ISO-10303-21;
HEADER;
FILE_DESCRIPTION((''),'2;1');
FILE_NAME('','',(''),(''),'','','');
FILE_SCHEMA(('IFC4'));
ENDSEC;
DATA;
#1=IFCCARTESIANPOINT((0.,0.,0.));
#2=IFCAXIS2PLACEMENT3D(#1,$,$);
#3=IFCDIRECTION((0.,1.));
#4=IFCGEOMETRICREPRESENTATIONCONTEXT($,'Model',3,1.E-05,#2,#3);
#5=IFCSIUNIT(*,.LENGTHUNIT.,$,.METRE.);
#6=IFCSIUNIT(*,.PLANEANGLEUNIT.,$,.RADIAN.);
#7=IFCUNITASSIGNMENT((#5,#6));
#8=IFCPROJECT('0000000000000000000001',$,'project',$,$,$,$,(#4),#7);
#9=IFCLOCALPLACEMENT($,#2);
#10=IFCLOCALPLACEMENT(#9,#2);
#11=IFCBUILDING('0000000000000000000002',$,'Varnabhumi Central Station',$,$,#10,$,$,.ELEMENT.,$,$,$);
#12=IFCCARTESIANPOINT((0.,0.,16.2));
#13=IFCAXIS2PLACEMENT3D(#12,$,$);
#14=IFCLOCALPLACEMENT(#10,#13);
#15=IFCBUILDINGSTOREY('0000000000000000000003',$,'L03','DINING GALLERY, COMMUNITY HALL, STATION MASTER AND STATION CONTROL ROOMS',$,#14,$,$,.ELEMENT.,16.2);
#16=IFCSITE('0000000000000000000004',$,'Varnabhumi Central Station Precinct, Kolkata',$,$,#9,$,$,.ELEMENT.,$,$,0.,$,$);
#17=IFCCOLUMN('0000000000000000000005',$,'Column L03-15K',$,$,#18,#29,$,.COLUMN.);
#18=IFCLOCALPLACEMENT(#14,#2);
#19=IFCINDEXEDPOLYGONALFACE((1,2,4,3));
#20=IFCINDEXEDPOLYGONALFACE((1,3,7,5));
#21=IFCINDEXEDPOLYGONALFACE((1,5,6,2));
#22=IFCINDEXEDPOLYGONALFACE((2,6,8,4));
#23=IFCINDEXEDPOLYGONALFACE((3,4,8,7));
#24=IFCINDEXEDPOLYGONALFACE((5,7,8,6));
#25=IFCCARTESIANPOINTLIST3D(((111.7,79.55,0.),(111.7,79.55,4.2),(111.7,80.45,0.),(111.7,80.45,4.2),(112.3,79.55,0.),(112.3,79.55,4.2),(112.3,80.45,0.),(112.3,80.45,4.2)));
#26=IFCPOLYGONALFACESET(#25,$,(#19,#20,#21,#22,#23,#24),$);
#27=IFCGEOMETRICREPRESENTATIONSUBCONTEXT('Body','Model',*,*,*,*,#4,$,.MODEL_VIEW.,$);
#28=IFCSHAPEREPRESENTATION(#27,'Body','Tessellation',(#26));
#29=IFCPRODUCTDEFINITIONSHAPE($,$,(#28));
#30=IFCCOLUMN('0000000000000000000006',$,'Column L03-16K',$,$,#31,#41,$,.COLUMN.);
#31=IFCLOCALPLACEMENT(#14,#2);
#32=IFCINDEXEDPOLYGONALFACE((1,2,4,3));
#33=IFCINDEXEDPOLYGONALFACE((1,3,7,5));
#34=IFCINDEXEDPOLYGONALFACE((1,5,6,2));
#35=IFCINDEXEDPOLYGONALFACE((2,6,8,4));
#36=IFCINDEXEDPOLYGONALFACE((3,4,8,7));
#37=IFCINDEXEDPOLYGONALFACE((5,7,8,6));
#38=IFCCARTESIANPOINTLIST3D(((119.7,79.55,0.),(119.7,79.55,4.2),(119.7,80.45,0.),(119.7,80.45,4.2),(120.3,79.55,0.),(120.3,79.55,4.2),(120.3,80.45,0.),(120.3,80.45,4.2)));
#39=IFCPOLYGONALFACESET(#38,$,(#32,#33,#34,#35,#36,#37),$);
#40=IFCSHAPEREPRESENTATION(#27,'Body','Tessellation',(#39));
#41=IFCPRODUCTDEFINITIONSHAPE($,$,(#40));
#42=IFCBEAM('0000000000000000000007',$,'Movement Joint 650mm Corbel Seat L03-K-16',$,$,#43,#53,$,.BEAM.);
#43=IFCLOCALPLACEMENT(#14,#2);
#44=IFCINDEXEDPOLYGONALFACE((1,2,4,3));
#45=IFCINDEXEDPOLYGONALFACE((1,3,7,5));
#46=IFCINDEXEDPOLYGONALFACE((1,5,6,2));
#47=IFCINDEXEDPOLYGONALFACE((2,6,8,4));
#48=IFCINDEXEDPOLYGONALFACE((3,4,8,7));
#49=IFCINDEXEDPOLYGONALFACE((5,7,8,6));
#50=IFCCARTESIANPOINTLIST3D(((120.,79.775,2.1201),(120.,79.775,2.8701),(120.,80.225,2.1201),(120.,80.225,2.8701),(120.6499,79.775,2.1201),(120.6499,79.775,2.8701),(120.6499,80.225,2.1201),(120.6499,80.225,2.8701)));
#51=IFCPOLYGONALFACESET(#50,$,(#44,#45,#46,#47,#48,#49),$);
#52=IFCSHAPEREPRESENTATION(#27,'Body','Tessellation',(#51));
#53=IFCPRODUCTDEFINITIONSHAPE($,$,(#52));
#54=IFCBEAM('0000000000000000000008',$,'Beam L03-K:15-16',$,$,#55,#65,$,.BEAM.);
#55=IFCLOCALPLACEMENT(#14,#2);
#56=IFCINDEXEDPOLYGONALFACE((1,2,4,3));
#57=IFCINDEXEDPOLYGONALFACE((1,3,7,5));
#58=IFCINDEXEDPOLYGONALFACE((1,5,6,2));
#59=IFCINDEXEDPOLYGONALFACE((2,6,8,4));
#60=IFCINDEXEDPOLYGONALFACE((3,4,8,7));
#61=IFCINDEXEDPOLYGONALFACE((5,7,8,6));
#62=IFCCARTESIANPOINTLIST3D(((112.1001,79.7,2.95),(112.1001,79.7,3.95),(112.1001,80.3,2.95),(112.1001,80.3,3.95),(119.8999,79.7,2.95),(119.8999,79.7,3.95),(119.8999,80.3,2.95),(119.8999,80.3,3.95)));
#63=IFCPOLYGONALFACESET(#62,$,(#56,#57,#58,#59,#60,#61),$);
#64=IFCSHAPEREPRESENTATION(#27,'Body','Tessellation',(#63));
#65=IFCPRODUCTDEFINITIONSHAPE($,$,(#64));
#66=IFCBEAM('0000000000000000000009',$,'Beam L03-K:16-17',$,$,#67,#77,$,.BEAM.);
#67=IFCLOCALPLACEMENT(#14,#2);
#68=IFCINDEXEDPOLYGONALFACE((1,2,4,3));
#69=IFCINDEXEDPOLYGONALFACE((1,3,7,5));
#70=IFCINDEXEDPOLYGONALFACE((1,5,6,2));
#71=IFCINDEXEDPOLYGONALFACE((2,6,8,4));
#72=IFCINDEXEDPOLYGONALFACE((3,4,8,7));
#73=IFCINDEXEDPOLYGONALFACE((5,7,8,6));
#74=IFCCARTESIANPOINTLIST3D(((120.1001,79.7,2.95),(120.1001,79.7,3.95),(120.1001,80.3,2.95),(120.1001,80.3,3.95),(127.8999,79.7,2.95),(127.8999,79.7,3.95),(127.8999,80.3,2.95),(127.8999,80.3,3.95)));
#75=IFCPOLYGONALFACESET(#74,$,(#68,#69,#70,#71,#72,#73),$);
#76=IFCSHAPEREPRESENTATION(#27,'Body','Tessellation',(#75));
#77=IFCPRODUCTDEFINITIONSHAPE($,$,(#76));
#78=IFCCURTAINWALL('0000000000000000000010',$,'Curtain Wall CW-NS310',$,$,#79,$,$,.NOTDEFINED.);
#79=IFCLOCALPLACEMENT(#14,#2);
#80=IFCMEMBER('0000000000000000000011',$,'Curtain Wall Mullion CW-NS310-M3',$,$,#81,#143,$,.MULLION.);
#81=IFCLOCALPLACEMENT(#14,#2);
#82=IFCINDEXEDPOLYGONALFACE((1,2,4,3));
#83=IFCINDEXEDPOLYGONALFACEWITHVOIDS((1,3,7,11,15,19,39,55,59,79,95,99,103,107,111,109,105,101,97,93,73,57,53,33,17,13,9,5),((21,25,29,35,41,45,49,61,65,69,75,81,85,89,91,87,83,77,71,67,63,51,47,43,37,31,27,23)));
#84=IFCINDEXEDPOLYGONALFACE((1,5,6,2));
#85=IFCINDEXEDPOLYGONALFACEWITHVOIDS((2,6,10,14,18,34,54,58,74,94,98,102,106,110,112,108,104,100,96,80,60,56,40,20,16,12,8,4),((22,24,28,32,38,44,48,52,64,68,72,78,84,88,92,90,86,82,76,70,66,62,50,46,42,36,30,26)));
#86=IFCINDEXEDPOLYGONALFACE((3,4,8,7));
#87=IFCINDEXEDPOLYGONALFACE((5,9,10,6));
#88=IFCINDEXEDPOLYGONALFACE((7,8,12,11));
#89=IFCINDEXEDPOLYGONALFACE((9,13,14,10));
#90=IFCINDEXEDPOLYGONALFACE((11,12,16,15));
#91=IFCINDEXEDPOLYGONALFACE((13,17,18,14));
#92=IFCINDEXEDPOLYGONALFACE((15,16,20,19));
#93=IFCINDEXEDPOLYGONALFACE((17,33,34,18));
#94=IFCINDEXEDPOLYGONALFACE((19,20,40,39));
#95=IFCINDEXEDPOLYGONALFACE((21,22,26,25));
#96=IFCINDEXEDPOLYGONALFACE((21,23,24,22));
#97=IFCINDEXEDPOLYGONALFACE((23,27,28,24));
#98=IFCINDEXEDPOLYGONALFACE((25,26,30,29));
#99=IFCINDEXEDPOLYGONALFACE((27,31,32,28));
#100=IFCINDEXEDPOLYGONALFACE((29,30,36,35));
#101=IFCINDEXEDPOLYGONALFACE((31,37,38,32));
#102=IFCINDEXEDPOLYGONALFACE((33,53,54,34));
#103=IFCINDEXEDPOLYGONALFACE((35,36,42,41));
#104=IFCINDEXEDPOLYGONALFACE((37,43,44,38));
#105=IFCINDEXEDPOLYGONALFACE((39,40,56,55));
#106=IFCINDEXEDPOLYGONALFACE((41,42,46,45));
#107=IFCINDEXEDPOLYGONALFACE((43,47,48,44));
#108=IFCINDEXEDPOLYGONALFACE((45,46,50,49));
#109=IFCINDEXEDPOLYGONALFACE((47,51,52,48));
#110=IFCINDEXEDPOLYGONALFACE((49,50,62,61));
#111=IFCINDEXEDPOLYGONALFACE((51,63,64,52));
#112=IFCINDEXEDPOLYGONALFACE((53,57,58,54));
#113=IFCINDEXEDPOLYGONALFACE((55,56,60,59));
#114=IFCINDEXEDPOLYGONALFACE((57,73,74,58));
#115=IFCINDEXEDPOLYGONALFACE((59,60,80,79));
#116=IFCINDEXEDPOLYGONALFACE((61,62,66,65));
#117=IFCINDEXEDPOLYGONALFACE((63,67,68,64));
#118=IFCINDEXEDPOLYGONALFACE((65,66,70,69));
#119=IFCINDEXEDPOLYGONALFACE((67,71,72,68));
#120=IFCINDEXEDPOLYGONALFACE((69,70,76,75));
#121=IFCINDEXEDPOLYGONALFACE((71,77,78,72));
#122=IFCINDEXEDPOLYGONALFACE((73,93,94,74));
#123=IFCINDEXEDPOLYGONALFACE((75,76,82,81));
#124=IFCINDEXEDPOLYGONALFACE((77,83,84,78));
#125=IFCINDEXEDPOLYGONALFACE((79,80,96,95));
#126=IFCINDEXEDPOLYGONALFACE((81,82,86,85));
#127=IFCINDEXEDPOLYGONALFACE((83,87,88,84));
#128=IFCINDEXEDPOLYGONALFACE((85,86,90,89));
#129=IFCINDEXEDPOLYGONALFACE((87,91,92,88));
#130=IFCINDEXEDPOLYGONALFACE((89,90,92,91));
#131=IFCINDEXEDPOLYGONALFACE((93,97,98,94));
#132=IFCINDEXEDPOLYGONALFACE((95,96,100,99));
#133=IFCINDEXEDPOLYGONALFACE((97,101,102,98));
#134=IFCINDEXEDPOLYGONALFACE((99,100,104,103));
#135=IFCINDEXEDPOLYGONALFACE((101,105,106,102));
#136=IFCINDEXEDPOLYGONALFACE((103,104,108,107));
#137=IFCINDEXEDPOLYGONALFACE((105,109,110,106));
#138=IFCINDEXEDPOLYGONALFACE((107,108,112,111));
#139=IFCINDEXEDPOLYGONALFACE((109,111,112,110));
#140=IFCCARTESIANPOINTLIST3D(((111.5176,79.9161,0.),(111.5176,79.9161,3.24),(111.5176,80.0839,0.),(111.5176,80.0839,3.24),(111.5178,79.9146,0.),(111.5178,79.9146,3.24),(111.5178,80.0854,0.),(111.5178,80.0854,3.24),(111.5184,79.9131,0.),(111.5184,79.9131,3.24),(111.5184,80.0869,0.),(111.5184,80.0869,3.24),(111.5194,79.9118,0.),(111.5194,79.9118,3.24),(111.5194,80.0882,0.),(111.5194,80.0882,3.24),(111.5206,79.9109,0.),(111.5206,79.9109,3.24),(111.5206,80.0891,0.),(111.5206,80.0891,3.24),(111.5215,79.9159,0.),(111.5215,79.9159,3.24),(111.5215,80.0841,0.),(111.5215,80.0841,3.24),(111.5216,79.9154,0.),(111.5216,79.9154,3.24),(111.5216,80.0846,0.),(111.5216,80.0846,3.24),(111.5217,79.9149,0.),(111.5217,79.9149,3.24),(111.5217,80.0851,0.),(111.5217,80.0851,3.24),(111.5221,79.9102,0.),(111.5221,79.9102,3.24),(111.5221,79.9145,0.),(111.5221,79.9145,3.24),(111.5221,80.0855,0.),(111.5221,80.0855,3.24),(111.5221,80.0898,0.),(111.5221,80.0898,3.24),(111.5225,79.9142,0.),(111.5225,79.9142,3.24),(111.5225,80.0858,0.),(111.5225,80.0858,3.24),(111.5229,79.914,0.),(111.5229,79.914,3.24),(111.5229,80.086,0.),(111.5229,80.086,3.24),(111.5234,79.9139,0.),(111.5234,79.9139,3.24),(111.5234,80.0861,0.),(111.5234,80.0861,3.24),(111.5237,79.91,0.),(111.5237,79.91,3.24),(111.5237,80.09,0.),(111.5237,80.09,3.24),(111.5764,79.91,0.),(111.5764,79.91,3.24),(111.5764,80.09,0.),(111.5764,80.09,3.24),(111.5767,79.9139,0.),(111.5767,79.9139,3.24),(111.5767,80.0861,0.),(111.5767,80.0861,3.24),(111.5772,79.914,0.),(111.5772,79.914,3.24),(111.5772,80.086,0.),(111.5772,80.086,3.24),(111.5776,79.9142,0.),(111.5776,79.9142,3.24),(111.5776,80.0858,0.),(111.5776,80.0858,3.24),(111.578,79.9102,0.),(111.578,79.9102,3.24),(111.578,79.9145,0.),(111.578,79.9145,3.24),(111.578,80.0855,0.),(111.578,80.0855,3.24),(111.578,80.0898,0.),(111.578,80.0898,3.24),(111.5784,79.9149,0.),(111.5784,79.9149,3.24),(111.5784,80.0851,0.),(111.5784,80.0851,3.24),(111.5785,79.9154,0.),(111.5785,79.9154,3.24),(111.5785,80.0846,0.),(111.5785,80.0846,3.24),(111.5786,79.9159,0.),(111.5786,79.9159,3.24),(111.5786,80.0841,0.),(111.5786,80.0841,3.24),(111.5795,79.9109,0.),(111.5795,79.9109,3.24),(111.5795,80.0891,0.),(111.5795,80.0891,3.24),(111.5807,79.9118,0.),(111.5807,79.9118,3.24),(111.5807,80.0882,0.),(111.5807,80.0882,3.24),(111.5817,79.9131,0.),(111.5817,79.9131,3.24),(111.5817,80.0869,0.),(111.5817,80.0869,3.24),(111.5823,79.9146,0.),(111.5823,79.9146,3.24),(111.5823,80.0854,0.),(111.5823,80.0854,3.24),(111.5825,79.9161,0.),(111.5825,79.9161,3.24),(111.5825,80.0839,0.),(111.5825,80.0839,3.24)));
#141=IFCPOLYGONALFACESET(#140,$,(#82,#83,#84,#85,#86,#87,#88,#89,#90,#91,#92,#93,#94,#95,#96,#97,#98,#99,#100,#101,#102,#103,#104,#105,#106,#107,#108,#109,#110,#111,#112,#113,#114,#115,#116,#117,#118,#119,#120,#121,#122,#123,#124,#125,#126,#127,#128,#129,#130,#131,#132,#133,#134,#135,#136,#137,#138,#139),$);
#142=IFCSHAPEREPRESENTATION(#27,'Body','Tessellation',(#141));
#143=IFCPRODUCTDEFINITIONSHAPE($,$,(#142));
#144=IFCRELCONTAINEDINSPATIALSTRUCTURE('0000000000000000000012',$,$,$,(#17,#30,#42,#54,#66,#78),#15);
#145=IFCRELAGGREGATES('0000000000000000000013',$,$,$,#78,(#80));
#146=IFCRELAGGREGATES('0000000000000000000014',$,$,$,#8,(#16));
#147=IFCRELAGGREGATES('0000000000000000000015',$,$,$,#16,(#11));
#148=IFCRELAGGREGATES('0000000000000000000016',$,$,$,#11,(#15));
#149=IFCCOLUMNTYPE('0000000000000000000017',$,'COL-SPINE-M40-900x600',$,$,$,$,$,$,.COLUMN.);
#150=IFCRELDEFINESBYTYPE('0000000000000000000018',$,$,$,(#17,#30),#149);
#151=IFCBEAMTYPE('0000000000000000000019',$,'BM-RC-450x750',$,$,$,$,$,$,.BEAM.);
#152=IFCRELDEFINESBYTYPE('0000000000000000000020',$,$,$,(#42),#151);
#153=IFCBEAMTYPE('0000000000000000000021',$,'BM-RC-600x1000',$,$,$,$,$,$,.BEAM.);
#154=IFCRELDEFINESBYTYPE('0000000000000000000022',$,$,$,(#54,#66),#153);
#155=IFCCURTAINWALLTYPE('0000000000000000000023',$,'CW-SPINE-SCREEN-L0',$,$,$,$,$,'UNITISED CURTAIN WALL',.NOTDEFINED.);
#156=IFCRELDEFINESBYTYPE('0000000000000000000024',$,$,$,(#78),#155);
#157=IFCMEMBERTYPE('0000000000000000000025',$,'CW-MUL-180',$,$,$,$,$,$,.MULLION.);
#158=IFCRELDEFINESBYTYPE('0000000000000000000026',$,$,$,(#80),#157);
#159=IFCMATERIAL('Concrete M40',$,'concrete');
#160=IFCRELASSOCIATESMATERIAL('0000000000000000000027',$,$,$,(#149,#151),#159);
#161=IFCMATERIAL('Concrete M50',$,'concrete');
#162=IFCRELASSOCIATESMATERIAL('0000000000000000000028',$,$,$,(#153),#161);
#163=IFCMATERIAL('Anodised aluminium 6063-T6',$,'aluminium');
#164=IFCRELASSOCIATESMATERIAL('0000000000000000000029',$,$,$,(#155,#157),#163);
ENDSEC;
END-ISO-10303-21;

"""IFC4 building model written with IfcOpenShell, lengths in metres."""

from ifc_helpers import new_model, si_unit, direction, frame, origin, origin_2d, place, context, subcontext, project, spatial, rectangle, hollow_rectangle, extrude, material, material_profile, profile_set, type_object, element, aggregate, save


model = new_model("IFC4")

# Units and contexts
model_context = context("Model", 3, precision=1e-05, world=origin(), true_north=direction((0.0, 1.0)))
body_context = subcontext(model_context, "Body", "Model", "MODEL_VIEW")
ifc_project = project(units=[si_unit("LENGTHUNIT", "METRE"), si_unit("PLANEANGLEUNIT", "RADIAN")], contexts=[model_context])

# Site, building, storey
site_placement = place(None, origin())
site = spatial("IfcSite", under=ifc_project, at=site_placement, Name="Varnabhumi Central Station Precinct, Kolkata", CompositionType="ELEMENT", RefElevation=0.0)
building_placement = place(site_placement, origin())
building = spatial("IfcBuilding", under=site, at=building_placement, Name="Varnabhumi Central Station", CompositionType="ELEMENT")
storey_placement = place(building_placement, frame((0.0, 0.0, 16.2)))
storey = spatial("IfcBuildingStorey", under=building, at=storey_placement, Name="L03", Description="DINING GALLERY, COMMUNITY HALL, STATION MASTER AND STATION CONTROL ROOMS", CompositionType="ELEMENT", Elevation=16.2)

# Columns
ifc_material_1 = material(Name="Concrete M40", Category="concrete")
ifc_material_profile_1 = material_profile(ifc_material_1, rectangle(XDim=0.6001, YDim=0.8999, at=origin_2d()), Name="Concrete M40", Category="concrete")
ifc_profile_set_1 = profile_set([ifc_material_profile_1], Name="Concrete M40")
column_type = type_object("IfcColumnType", Name="COL-SPINE-M40-900x600", PredefinedType="COLUMN", material=ifc_profile_set_1)
for number, where, z_axis, x_axis, name in (
    (1, (112.0, 80.0, 0.0), (0.0, 0.0, 1.0), (1.0, 0.0, 0.0), "Column L03-15K"),
    (2, (120.0, 80.0, 0.0), (0.0, 0.0, 1.0), (1.0, 0.0, 0.0), "Column L03-16K"),
):
    element("IfcColumn", number, at=place(storey_placement, frame(where, z_axis=z_axis, x_axis=x_axis)), inside=storey, type_object=column_type, Name=name, PredefinedType="COLUMN", context=body_context, shape_type="SweptSolid", body=[
        extrude(rectangle(XDim=0.6001, YDim=0.8999, at=origin_2d()), origin(), (0.0, 0.0, 1.0), 4.2),
    ])

# Beams
ifc_material_profile_2 = material_profile(ifc_material_1, rectangle(XDim=0.45, YDim=0.75, at=origin_2d()), Name="Concrete M40", Category="concrete")
ifc_profile_set_2 = profile_set([ifc_material_profile_2], Name="Concrete M40")
beam_type_1 = type_object("IfcBeamType", Name="BM-RC-450x750", PredefinedType="BEAM", material=ifc_profile_set_2)
beam_placement = place(storey_placement, frame((120.0, 80.0, 2.4951), z_axis=(1.0, 0.0, 0.0), x_axis=(0.0, 1.0, 0.0)))
element("IfcBeam", 3, at=beam_placement, inside=storey, type_object=beam_type_1, Name="Movement Joint 650mm Corbel Seat L03-K-16", PredefinedType="BEAM", context=body_context, shape_type="SweptSolid", body=[
    extrude(rectangle(XDim=0.45, YDim=0.75, at=origin_2d()), origin(), (0.0, 0.0, 1.0), 0.6499),
])
ifc_material_2 = material(Name="Concrete M50", Category="concrete")
ifc_material_profile_3 = material_profile(ifc_material_2, rectangle(XDim=0.6001, YDim=1.0, at=origin_2d()), Name="Concrete M50", Category="concrete")
ifc_profile_set_3 = profile_set([ifc_material_profile_3], Name="Concrete M50")
beam_type_2 = type_object("IfcBeamType", Name="BM-RC-600x1000", PredefinedType="BEAM", material=ifc_profile_set_3)
for number, where, z_axis, x_axis, name in (
    (4, (112.1001, 80.0, 3.45), (1.0, 0.0, 0.0), (0.0, 1.0, 0.0), "Beam L03-K:15-16"),
    (5, (120.1001, 80.0, 3.45), (1.0, 0.0, 0.0), (0.0, 1.0, 0.0), "Beam L03-K:16-17"),
):
    element("IfcBeam", number, at=place(storey_placement, frame(where, z_axis=z_axis, x_axis=x_axis)), inside=storey, type_object=beam_type_2, Name=name, PredefinedType="BEAM", context=body_context, shape_type="SweptSolid", body=[
        extrude(rectangle(XDim=0.6001, YDim=1.0, at=origin_2d()), origin(), (0.0, 0.0, 1.0), 7.7998),
    ])

# Curtain wall, member
ifc_material_3 = material(Name="Anodised aluminium 6063-T6", Category="aluminium")
curtain_wall_type_1 = type_object("IfcCurtainWallType", Name="CW-SPINE-SCREEN-L0", ElementType="UNITISED CURTAIN WALL", PredefinedType="NOTDEFINED", material=ifc_material_3)
curtain_wall_1_placement = place(storey_placement, origin())
curtain_wall_1 = element("IfcCurtainWall", 6, at=curtain_wall_1_placement, inside=storey, type_object=curtain_wall_type_1, Name="Curtain Wall CW-NS310", PredefinedType="NOTDEFINED")
ifc_material_profile_4 = material_profile(ifc_material_3, hollow_rectangle(XDim=0.0649, YDim=0.1799, WallThickness=0.0039, InnerFilletRadius=0.002, OuterFilletRadius=0.0061, at=origin_2d()), Name="Anodised aluminium 6063-T6", Category="aluminium")
ifc_profile_set_4 = profile_set([ifc_material_profile_4], Name="Anodised aluminium 6063-T6")
member_type_1 = type_object("IfcMemberType", Name="CW-MUL-180", PredefinedType="MULLION", material=ifc_profile_set_4)
member_1_placement = place(storey_placement, frame((111.55, 80.0, 0.0), z_axis=(0.0, 0.0, 1.0), x_axis=(1.0, 0.0, 0.0)))
member_1 = element("IfcMember", 7, at=member_1_placement, type_object=member_type_1, Name="Curtain Wall Mullion CW-NS310-M3", PredefinedType="MULLION", context=body_context, shape_type="SweptSolid", body=[
    extrude(hollow_rectangle(XDim=0.0649, YDim=0.1799, WallThickness=0.0039, InnerFilletRadius=0.002, OuterFilletRadius=0.0061, at=origin_2d()), origin(), (0.0, 0.0, 1.0), 3.24),
])
aggregate(curtain_wall_1, [member_1])

save(model, "model.ifc")
